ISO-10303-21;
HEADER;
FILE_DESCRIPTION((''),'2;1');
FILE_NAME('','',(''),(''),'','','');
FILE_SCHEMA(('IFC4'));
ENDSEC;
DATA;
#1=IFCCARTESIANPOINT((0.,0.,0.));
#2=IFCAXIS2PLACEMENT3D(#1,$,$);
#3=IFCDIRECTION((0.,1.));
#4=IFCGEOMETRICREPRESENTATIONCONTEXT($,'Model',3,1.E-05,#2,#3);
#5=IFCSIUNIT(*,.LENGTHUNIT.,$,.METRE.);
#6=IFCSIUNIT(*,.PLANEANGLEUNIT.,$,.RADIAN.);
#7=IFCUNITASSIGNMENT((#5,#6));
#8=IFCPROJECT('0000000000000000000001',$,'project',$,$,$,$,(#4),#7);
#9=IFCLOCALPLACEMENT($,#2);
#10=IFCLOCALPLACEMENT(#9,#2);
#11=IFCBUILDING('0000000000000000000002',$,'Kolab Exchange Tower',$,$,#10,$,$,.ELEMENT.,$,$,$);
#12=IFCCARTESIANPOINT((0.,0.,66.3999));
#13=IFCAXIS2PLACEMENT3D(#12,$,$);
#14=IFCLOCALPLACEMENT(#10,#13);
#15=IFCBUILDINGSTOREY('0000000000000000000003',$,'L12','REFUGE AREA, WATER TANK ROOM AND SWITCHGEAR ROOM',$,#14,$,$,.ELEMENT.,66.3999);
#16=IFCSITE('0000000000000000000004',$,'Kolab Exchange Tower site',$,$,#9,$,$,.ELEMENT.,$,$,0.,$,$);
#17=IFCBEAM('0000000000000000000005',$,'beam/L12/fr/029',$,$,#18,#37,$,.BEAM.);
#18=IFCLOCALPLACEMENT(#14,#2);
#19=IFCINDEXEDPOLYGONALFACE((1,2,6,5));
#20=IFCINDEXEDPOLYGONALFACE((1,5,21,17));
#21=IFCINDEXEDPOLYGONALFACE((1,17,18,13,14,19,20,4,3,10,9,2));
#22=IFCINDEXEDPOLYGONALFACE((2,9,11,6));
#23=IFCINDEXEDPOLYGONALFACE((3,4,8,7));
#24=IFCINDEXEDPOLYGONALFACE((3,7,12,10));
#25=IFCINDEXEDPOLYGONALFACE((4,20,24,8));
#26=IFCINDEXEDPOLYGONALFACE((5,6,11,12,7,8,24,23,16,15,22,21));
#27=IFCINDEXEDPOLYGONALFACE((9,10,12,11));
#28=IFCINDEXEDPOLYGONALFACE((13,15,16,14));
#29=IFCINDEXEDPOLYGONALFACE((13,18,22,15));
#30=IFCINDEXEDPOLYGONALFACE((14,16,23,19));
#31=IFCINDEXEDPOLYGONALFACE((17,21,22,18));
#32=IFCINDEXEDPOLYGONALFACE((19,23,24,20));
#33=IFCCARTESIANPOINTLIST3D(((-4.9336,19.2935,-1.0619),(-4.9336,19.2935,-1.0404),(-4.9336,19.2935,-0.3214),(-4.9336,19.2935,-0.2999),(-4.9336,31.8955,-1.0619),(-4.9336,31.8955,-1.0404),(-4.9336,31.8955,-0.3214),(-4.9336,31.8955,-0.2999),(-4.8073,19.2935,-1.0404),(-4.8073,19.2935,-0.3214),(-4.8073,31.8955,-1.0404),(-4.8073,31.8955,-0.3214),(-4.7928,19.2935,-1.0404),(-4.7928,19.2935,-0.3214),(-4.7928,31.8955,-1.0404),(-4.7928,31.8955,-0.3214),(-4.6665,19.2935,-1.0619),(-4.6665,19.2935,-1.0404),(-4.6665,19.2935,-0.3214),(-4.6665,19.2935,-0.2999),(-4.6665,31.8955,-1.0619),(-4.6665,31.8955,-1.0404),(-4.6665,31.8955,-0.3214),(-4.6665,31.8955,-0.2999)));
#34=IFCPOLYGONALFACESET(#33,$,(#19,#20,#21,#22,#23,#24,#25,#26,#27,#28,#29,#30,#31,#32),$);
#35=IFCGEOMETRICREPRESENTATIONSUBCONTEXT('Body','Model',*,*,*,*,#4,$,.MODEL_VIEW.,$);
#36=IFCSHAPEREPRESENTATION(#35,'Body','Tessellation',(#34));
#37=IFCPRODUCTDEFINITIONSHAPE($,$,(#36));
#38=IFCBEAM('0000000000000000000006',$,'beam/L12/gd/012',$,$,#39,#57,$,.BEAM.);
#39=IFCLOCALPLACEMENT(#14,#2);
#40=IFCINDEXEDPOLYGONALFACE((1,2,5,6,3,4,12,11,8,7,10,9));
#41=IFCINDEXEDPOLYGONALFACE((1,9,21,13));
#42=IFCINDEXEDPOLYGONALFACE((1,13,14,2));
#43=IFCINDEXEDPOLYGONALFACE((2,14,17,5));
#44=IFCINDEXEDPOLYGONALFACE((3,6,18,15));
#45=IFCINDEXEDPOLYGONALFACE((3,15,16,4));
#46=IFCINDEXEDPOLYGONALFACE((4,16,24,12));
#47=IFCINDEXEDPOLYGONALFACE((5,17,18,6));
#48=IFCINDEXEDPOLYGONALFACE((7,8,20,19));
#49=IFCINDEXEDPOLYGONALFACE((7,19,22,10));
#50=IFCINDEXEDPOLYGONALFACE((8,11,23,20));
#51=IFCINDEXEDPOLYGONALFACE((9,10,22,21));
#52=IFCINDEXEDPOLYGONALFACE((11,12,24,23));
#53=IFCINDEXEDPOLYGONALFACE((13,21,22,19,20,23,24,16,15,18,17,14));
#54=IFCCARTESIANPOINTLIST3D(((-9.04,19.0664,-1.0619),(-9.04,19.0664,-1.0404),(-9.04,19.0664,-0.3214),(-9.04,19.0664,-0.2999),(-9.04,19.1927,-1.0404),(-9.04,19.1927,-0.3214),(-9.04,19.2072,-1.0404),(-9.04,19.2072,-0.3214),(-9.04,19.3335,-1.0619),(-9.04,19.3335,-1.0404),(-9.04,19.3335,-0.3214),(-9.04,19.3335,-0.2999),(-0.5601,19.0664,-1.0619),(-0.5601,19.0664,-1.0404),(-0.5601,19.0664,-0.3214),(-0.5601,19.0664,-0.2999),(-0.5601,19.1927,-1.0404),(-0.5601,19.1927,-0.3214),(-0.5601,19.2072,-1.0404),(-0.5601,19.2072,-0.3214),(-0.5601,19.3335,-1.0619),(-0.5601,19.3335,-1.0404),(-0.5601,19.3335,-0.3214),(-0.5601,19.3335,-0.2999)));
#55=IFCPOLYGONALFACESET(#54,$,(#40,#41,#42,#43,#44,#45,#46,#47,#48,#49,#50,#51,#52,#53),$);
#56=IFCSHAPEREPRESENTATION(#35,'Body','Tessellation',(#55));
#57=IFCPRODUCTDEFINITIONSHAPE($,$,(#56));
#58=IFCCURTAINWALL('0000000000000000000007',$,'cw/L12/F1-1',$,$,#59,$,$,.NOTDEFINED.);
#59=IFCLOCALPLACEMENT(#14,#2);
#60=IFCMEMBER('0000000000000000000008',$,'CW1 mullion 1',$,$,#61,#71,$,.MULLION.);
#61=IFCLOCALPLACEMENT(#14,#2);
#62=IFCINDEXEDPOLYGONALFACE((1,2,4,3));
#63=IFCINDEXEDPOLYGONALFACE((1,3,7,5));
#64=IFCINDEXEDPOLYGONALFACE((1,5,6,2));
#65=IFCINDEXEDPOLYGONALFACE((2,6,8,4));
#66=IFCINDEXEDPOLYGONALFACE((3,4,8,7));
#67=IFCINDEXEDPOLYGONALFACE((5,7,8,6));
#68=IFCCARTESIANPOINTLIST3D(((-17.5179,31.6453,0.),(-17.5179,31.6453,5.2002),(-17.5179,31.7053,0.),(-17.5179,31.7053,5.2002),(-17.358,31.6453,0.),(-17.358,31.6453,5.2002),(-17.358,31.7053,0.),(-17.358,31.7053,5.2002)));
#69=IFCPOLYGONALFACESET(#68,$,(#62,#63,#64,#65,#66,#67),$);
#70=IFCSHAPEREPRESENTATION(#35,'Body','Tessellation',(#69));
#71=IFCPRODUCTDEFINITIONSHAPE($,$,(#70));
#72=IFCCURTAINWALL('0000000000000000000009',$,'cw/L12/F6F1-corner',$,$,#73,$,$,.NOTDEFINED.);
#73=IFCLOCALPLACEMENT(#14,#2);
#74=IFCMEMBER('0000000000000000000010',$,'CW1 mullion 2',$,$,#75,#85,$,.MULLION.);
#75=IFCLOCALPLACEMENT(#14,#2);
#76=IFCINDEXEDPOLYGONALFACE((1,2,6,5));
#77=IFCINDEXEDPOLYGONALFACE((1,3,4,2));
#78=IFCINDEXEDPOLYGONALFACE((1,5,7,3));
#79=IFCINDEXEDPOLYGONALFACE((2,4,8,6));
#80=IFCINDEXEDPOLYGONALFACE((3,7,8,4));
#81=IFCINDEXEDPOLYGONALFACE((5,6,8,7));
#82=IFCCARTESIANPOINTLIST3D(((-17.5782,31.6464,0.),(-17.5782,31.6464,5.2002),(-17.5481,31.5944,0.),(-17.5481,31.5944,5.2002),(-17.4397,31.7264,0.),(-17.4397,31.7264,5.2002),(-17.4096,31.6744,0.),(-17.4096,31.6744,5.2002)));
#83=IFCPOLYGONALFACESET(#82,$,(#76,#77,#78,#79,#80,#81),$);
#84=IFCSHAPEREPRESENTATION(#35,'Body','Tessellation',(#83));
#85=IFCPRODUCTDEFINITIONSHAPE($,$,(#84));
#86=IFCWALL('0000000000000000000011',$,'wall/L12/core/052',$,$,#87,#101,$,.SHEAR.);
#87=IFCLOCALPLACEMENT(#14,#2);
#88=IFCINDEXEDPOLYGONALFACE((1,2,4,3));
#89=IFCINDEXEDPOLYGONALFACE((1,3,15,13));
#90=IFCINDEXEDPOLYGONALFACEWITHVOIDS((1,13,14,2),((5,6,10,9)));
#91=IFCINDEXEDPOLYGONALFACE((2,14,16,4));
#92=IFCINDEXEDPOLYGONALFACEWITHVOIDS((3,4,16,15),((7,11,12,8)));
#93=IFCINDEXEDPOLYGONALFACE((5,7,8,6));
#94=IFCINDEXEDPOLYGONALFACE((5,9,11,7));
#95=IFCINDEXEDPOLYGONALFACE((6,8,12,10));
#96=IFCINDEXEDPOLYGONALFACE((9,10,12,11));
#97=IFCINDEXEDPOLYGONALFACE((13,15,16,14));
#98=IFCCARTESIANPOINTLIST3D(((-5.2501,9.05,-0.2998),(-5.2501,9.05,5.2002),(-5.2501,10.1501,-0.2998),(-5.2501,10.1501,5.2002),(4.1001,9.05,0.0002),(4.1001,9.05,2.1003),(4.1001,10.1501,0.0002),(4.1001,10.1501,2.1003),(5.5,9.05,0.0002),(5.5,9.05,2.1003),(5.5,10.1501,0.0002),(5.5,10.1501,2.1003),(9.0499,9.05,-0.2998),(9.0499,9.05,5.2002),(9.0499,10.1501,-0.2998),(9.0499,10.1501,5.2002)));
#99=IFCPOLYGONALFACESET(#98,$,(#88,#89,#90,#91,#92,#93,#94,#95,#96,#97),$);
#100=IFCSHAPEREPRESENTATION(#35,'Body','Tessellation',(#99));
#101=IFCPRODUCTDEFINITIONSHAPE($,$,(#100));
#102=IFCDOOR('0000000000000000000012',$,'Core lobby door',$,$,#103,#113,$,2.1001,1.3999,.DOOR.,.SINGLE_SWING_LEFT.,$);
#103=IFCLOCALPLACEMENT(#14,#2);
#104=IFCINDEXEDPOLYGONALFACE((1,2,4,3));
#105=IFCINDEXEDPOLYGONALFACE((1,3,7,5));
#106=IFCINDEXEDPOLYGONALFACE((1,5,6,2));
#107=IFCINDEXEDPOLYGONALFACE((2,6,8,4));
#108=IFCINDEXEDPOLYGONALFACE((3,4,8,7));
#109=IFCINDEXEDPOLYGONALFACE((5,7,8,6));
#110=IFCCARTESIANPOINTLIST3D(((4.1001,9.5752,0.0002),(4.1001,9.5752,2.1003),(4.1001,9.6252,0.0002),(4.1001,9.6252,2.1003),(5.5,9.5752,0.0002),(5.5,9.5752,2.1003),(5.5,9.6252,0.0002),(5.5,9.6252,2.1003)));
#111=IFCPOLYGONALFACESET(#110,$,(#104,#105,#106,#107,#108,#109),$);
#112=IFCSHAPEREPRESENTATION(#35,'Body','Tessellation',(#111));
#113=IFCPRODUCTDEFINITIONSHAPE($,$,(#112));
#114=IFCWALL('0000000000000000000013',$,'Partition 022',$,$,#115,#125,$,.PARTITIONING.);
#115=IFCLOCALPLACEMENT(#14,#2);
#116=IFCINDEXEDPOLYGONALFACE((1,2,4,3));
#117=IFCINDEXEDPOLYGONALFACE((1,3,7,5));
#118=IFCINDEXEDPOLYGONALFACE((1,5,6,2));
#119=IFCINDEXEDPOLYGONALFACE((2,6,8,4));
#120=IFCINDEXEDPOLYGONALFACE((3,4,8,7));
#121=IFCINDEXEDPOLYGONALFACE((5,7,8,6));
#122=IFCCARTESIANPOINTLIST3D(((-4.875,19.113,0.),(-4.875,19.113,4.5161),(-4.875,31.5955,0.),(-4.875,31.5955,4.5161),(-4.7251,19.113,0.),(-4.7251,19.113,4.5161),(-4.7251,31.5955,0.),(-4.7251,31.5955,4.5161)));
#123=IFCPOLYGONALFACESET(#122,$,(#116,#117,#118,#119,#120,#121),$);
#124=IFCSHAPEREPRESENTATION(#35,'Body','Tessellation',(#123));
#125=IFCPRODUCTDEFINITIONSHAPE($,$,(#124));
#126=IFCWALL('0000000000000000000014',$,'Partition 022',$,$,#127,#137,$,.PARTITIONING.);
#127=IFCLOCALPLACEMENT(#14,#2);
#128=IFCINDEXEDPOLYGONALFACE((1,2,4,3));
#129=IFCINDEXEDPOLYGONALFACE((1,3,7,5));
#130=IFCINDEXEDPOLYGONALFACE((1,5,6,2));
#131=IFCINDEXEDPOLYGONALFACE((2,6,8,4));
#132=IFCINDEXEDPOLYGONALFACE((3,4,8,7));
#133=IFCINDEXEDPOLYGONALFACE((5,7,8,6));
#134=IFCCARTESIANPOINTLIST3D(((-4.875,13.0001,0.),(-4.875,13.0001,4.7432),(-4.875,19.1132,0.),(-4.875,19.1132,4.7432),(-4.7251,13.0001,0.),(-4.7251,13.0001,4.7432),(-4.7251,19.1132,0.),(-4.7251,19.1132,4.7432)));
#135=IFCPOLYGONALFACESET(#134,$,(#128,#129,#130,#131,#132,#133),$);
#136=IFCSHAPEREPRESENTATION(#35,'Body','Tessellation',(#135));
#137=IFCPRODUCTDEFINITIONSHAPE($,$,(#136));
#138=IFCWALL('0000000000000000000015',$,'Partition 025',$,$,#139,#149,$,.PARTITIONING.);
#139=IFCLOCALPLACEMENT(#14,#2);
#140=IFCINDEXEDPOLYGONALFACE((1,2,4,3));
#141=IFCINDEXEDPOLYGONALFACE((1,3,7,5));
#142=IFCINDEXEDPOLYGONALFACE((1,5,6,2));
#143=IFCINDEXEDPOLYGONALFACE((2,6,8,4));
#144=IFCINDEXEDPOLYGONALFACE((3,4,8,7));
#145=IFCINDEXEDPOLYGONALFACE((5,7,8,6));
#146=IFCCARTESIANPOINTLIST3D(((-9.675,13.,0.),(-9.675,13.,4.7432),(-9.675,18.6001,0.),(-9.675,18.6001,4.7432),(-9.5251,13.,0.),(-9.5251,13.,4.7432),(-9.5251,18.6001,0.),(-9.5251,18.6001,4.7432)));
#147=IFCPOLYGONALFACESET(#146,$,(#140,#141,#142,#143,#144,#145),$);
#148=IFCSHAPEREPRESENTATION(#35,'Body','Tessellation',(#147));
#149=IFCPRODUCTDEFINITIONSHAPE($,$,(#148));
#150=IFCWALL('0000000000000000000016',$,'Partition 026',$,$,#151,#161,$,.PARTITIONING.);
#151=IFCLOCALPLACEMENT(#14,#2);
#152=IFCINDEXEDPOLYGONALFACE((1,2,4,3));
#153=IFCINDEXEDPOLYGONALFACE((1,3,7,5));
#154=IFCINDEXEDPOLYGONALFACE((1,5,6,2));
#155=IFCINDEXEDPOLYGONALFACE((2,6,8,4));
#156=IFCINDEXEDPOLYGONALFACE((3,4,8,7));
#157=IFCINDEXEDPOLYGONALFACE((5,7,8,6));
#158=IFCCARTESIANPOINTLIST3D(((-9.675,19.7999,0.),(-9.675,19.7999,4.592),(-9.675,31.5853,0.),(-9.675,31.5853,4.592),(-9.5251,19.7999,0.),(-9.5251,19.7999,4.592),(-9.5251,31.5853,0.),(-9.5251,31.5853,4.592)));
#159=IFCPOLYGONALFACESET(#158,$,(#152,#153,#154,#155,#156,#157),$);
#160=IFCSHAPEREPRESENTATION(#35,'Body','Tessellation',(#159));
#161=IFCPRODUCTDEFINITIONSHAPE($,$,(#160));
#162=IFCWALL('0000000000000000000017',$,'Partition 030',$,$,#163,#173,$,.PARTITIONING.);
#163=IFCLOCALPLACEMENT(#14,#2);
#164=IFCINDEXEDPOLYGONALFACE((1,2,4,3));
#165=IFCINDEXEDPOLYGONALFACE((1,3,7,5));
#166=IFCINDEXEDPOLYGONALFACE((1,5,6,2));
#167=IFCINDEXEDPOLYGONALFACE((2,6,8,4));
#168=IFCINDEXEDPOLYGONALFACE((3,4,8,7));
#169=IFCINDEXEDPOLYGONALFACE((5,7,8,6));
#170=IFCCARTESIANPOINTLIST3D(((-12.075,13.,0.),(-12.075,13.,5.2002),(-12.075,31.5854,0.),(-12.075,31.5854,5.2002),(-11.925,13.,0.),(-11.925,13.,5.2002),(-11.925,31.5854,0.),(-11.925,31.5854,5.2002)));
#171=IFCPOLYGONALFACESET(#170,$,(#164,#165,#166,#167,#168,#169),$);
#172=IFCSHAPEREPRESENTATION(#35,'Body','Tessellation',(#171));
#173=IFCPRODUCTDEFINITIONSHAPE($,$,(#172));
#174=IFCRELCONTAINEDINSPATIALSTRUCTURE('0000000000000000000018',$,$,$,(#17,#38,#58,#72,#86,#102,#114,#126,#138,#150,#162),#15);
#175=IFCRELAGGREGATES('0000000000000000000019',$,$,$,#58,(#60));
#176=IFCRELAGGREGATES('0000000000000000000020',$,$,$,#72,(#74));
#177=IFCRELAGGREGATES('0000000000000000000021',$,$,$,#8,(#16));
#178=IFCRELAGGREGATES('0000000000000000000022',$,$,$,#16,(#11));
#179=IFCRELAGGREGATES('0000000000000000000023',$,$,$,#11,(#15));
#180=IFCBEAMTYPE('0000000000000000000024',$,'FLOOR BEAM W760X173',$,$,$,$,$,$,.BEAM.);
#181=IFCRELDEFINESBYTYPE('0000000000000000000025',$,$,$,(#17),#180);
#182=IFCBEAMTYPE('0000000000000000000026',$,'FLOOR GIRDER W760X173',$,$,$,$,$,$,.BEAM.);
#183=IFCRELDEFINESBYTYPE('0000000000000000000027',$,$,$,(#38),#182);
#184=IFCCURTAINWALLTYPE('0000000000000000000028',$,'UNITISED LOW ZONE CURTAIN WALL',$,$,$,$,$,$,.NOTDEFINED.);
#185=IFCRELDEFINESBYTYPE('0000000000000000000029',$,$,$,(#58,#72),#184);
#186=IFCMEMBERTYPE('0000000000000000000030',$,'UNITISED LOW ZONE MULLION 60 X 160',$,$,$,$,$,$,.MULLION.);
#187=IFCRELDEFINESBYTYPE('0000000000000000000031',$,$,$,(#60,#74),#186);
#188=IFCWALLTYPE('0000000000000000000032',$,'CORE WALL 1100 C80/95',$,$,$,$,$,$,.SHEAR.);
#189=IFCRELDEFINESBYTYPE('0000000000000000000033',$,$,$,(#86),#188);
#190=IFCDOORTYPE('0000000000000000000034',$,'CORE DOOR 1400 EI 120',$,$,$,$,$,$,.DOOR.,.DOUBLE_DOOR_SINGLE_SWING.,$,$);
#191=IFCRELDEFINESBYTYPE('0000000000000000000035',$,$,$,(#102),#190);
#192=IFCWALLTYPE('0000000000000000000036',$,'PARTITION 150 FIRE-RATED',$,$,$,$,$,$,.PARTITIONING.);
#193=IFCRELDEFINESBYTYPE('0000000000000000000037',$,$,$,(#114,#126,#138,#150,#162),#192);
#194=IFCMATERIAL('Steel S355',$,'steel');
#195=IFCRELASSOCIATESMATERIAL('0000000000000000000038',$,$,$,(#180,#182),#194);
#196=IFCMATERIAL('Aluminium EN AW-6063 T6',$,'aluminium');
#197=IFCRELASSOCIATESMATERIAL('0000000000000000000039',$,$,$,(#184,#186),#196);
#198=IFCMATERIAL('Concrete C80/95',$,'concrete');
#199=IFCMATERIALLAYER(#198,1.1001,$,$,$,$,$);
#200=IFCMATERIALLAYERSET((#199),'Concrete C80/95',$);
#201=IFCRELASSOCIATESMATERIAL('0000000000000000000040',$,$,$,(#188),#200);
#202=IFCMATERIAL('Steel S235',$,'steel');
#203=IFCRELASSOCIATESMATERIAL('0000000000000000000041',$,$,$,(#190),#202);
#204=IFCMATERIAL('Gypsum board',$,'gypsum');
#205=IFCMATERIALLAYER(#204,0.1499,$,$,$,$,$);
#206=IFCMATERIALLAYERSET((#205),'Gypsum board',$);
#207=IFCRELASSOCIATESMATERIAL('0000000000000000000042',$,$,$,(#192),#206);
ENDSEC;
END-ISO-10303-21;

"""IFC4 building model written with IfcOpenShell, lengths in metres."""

from ifc_helpers import new_model, si_unit, direction, frame, frame_2d, origin, origin_2d, place, context, subcontext, project, spatial, rectangle, i_section, extrude, material, layer, layer_set, material_profile, profile_set, type_object, element, fill, aggregate, save


model = new_model("IFC4")

# Units and contexts
model_context = context("Model", 3, precision=1e-05, world=origin(), true_north=direction((0.0, 1.0)))
body_context = subcontext(model_context, "Body", "Model", "MODEL_VIEW")
ifc_project = project(units=[si_unit("LENGTHUNIT", "METRE"), si_unit("PLANEANGLEUNIT", "RADIAN")], contexts=[model_context])

# Site, building, storey
site_placement = place(None, origin())
site = spatial("IfcSite", under=ifc_project, at=site_placement, Name="Kolab Exchange Tower site", CompositionType="ELEMENT", RefElevation=0.0)
building_placement = place(site_placement, origin())
building = spatial("IfcBuilding", under=site, at=building_placement, Name="Kolab Exchange Tower", CompositionType="ELEMENT")
storey_placement = place(building_placement, frame((0.0, 0.0, 66.3999)))
storey = spatial("IfcBuildingStorey", under=building, at=storey_placement, Name="L12", Description="REFUGE AREA, WATER TANK ROOM AND SWITCHGEAR ROOM", CompositionType="ELEMENT", Elevation=66.3999)

# Shared definitions
ifc_material_1 = material(Name="Concrete C80/95", Category="concrete")

# Beams
ifc_material_2 = material(Name="Steel S355", Category="steel")
ifc_material_profile_1 = material_profile(ifc_material_2, i_section(OverallWidth=0.2671, OverallDepth=0.762, WebThickness=0.0144, FlangeThickness=0.0215, at=origin_2d()), Name="W760X173")
ifc_profile_set_1 = profile_set([ifc_material_profile_1], Name="Steel S355")
beam_type_1 = type_object("IfcBeamType", Name="FLOOR BEAM W760X173", PredefinedType="BEAM", material=ifc_profile_set_1)
for number, where, z_axis, x_axis, name in (
    (1, (-4.8, 19.2935, -0.6809), (0.0, 1.0, 0.0), (-1.0, 0.0, 0.0), "beam/L12/fr/029"),
):
    element("IfcBeam", number, at=place(storey_placement, frame(where, z_axis=z_axis, x_axis=x_axis)), inside=storey, type_object=beam_type_1, Name=name, PredefinedType="BEAM", context=body_context, shape_type="SweptSolid", body=[
        extrude(i_section(OverallWidth=0.2671, OverallDepth=0.762, WebThickness=0.0144, FlangeThickness=0.0215, at=origin_2d()), origin(), (0.0, 0.0, 1.0), 12.6021),
    ])
ifc_material_profile_2 = material_profile(ifc_material_2, i_section(OverallWidth=0.2671, OverallDepth=0.762, WebThickness=0.0144, FlangeThickness=0.0215, at=origin_2d()), Name="W760X173")
ifc_profile_set_2 = profile_set([ifc_material_profile_2], Name="Steel S355")
beam_type_2 = type_object("IfcBeamType", Name="FLOOR GIRDER W760X173", PredefinedType="BEAM", material=ifc_profile_set_2)
beam_1_placement = place(storey_placement, frame((-9.04, 19.2, -0.6809), z_axis=(1.0, 0.0, 0.0), x_axis=(0.0, 1.0, 0.0)))
element("IfcBeam", 2, at=beam_1_placement, inside=storey, type_object=beam_type_2, Name="beam/L12/gd/012", PredefinedType="BEAM", context=body_context, shape_type="SweptSolid", body=[
    extrude(i_section(OverallWidth=0.2671, OverallDepth=0.762, WebThickness=0.0144, FlangeThickness=0.0215, at=origin_2d()), origin(), (0.0, 0.0, 1.0), 8.48),
])

# Curtain walls, members
ifc_material_3 = material(Name="Aluminium EN AW-6063 T6", Category="aluminium")
curtain_wall_type = type_object("IfcCurtainWallType", Name="UNITISED LOW ZONE CURTAIN WALL", PredefinedType="NOTDEFINED", material=ifc_material_3)
curtain_wall_1_placement = place(storey_placement, origin())
curtain_wall_1 = element("IfcCurtainWall", 3, at=curtain_wall_1_placement, inside=storey, type_object=curtain_wall_type, Name="cw/L12/F1-1", PredefinedType="NOTDEFINED")
ifc_material_profile_3 = material_profile(ifc_material_3, rectangle(XDim=0.0601, YDim=0.1599, at=origin_2d()), Name="RECT 60X160")
ifc_profile_set_3 = profile_set([ifc_material_profile_3], Name="Aluminium EN AW-6063 T6")
member_type = type_object("IfcMemberType", Name="UNITISED LOW ZONE MULLION 60 X 160", PredefinedType="MULLION", material=ifc_profile_set_3)
member_1_placement = place(storey_placement, frame((-17.438, 31.6753, 0.0), z_axis=(0.0, 0.0, 1.0), x_axis=(0.0, 1.0, 0.0)))
member_1 = element("IfcMember", 4, at=member_1_placement, type_object=member_type, Name="CW1 mullion 1", PredefinedType="MULLION", context=body_context, shape_type="SweptSolid", body=[
    extrude(rectangle(XDim=0.0601, YDim=0.1599, at=origin_2d()), origin(), (0.0, 0.0, 1.0), 5.2002),
])
aggregate(curtain_wall_1, [member_1])
curtain_wall_2_placement = place(storey_placement, origin())
curtain_wall_2 = element("IfcCurtainWall", 5, at=curtain_wall_2_placement, inside=storey, type_object=curtain_wall_type, Name="cw/L12/F6F1-corner", PredefinedType="NOTDEFINED")
member_2_placement = place(storey_placement, frame((-17.4939, 31.6604, 0.0), z_axis=(0.0, 0.0, 1.0), x_axis=(-0.5, 0.866025, 0.0)))
member_2 = element("IfcMember", 6, at=member_2_placement, type_object=member_type, Name="CW1 mullion 2", PredefinedType="MULLION", context=body_context, shape_type="SweptSolid", body=[
    extrude(rectangle(XDim=0.0601, YDim=0.1599, at=origin_2d()), origin(), (0.0, 0.0, 1.0), 5.2002),
])
aggregate(curtain_wall_2, [member_2])

# Wall, opening, door
ifc_layer_1 = layer(ifc_material_1, 1.1001)
ifc_layer_set_1 = layer_set([ifc_layer_1], Name="Concrete C80/95")
wall_type_1 = type_object("IfcWallType", Name="CORE WALL 1100 C80/95", PredefinedType="SHEAR", material=ifc_layer_set_1)
wall_1_placement = place(storey_placement, frame((-5.25, 9.6001, -0.2998), z_axis=(0.0, 0.0, 1.0), x_axis=(1.0, 0.0, 0.0)))
wall_1 = element("IfcWall", 7, at=wall_1_placement, inside=storey, type_object=wall_type_1, Name="wall/L12/core/052", PredefinedType="SHEAR", context=body_context, shape_type="SweptSolid", body=[
    extrude(rectangle(XDim=14.3, YDim=1.1001, at=frame_2d((7.1499, 0.0))), origin(), (0.0, 0.0, 1.0), 5.5),
])
opening_placement = place(wall_1_placement, frame((9.3501, 0.0, 0.3)))
opening = element("IfcOpeningElement", 8, at=opening_placement, cuts=wall_1, PredefinedType="OPENING", context=body_context, shape_type="SweptSolid", body=[
    extrude(rectangle(XDim=1.3999, YDim=2.1001, at=frame_2d((0.7, 1.05))), frame((0.0, 0.5601, 0.0), z_axis=(0.0, -1.0, 0.0), x_axis=(1.0, 0.0, 0.0)), (0.0, 0.0, 1.0), 1.1201),
])
ifc_material_4 = material(Name="Steel S235", Category="steel")
door_type = type_object("IfcDoorType", Name="CORE DOOR 1400 EI 120", OperationType="DOUBLE_DOOR_SINGLE_SWING", PredefinedType="DOOR", material=ifc_material_4)
door_placement = place(opening_placement, frame((1.3999, 0.0, 0.0), z_axis=(0.0, 0.0, 1.0), x_axis=(-1.0, 0.0, 0.0)))
door = element("IfcDoor", 9, at=door_placement, inside=storey, type_object=door_type, Name="Core lobby door", OperationType="SINGLE_SWING_LEFT", OverallHeight=2.1001, OverallWidth=1.3999, PredefinedType="DOOR", context=body_context, shape_type="SweptSolid", body=[
    extrude(rectangle(XDim=1.3999, YDim=2.1001, at=frame_2d((0.7, 1.05))), frame((0.0, 0.0249, 0.0), z_axis=(0.0, -1.0, 0.0), x_axis=(1.0, 0.0, 0.0)), (0.0, 0.0, 1.0), 0.05),
])
fill(opening, door)

# Walls
ifc_material_5 = material(Name="Gypsum board", Category="gypsum")
ifc_layer_2 = layer(ifc_material_5, 0.1499)
ifc_layer_set_2 = layer_set([ifc_layer_2], Name="Gypsum board")
wall_type_2 = type_object("IfcWallType", Name="PARTITION 150 FIRE-RATED", PredefinedType="PARTITIONING", material=ifc_layer_set_2)
wall_2_placement = place(storey_placement, frame((-4.8, 19.113, 0.0), z_axis=(0.0, 0.0, 1.0), x_axis=(0.0, 1.0, 0.0)))
element("IfcWall", 10, at=wall_2_placement, inside=storey, type_object=wall_type_2, Name="Partition 022", PredefinedType="PARTITIONING", context=body_context, shape_type="SweptSolid", body=[
    extrude(rectangle(XDim=12.4824, YDim=0.1499, at=frame_2d((6.2412, 0.0))), origin(), (0.0, 0.0, 1.0), 4.5161),
])
wall_3_placement = place(storey_placement, frame((-4.8, 13.0, 0.0), z_axis=(0.0, 0.0, 1.0), x_axis=(0.0, 1.0, 0.0)))
element("IfcWall", 11, at=wall_3_placement, inside=storey, type_object=wall_type_2, Name="Partition 022", PredefinedType="PARTITIONING", context=body_context, shape_type="SweptSolid", body=[
    extrude(rectangle(XDim=6.113, YDim=0.1499, at=frame_2d((3.0566, 0.0))), origin(), (0.0, 0.0, 1.0), 4.7432),
])
wall_4_placement = place(storey_placement, frame((-9.6001, 13.0, 0.0), z_axis=(0.0, 0.0, 1.0), x_axis=(0.0, 1.0, 0.0)))
element("IfcWall", 12, at=wall_4_placement, inside=storey, type_object=wall_type_2, Name="Partition 025", PredefinedType="PARTITIONING", context=body_context, shape_type="SweptSolid", body=[
    extrude(rectangle(XDim=5.6001, YDim=0.1499, at=frame_2d((2.8, 0.0))), origin(), (0.0, 0.0, 1.0), 4.7432),
])
wall_5_placement = place(storey_placement, frame((-9.6001, 19.8, 0.0), z_axis=(0.0, 0.0, 1.0), x_axis=(0.0, 1.0, 0.0)))
element("IfcWall", 13, at=wall_5_placement, inside=storey, type_object=wall_type_2, Name="Partition 026", PredefinedType="PARTITIONING", context=body_context, shape_type="SweptSolid", body=[
    extrude(rectangle(XDim=11.7854, YDim=0.1499, at=frame_2d((5.8926, 0.0))), origin(), (0.0, 0.0, 1.0), 4.592),
])
wall_6_placement = place(storey_placement, frame((-12.0, 13.0, 0.0), z_axis=(0.0, 0.0, 1.0), x_axis=(0.0, 1.0, 0.0)))
element("IfcWall", 14, at=wall_6_placement, inside=storey, type_object=wall_type_2, Name="Partition 030", PredefinedType="PARTITIONING", context=body_context, shape_type="SweptSolid", body=[
    extrude(rectangle(XDim=18.5854, YDim=0.1499, at=frame_2d((9.2927, 0.0))), origin(), (0.0, 0.0, 1.0), 5.2002),
])

save(model, "model.ifc")
